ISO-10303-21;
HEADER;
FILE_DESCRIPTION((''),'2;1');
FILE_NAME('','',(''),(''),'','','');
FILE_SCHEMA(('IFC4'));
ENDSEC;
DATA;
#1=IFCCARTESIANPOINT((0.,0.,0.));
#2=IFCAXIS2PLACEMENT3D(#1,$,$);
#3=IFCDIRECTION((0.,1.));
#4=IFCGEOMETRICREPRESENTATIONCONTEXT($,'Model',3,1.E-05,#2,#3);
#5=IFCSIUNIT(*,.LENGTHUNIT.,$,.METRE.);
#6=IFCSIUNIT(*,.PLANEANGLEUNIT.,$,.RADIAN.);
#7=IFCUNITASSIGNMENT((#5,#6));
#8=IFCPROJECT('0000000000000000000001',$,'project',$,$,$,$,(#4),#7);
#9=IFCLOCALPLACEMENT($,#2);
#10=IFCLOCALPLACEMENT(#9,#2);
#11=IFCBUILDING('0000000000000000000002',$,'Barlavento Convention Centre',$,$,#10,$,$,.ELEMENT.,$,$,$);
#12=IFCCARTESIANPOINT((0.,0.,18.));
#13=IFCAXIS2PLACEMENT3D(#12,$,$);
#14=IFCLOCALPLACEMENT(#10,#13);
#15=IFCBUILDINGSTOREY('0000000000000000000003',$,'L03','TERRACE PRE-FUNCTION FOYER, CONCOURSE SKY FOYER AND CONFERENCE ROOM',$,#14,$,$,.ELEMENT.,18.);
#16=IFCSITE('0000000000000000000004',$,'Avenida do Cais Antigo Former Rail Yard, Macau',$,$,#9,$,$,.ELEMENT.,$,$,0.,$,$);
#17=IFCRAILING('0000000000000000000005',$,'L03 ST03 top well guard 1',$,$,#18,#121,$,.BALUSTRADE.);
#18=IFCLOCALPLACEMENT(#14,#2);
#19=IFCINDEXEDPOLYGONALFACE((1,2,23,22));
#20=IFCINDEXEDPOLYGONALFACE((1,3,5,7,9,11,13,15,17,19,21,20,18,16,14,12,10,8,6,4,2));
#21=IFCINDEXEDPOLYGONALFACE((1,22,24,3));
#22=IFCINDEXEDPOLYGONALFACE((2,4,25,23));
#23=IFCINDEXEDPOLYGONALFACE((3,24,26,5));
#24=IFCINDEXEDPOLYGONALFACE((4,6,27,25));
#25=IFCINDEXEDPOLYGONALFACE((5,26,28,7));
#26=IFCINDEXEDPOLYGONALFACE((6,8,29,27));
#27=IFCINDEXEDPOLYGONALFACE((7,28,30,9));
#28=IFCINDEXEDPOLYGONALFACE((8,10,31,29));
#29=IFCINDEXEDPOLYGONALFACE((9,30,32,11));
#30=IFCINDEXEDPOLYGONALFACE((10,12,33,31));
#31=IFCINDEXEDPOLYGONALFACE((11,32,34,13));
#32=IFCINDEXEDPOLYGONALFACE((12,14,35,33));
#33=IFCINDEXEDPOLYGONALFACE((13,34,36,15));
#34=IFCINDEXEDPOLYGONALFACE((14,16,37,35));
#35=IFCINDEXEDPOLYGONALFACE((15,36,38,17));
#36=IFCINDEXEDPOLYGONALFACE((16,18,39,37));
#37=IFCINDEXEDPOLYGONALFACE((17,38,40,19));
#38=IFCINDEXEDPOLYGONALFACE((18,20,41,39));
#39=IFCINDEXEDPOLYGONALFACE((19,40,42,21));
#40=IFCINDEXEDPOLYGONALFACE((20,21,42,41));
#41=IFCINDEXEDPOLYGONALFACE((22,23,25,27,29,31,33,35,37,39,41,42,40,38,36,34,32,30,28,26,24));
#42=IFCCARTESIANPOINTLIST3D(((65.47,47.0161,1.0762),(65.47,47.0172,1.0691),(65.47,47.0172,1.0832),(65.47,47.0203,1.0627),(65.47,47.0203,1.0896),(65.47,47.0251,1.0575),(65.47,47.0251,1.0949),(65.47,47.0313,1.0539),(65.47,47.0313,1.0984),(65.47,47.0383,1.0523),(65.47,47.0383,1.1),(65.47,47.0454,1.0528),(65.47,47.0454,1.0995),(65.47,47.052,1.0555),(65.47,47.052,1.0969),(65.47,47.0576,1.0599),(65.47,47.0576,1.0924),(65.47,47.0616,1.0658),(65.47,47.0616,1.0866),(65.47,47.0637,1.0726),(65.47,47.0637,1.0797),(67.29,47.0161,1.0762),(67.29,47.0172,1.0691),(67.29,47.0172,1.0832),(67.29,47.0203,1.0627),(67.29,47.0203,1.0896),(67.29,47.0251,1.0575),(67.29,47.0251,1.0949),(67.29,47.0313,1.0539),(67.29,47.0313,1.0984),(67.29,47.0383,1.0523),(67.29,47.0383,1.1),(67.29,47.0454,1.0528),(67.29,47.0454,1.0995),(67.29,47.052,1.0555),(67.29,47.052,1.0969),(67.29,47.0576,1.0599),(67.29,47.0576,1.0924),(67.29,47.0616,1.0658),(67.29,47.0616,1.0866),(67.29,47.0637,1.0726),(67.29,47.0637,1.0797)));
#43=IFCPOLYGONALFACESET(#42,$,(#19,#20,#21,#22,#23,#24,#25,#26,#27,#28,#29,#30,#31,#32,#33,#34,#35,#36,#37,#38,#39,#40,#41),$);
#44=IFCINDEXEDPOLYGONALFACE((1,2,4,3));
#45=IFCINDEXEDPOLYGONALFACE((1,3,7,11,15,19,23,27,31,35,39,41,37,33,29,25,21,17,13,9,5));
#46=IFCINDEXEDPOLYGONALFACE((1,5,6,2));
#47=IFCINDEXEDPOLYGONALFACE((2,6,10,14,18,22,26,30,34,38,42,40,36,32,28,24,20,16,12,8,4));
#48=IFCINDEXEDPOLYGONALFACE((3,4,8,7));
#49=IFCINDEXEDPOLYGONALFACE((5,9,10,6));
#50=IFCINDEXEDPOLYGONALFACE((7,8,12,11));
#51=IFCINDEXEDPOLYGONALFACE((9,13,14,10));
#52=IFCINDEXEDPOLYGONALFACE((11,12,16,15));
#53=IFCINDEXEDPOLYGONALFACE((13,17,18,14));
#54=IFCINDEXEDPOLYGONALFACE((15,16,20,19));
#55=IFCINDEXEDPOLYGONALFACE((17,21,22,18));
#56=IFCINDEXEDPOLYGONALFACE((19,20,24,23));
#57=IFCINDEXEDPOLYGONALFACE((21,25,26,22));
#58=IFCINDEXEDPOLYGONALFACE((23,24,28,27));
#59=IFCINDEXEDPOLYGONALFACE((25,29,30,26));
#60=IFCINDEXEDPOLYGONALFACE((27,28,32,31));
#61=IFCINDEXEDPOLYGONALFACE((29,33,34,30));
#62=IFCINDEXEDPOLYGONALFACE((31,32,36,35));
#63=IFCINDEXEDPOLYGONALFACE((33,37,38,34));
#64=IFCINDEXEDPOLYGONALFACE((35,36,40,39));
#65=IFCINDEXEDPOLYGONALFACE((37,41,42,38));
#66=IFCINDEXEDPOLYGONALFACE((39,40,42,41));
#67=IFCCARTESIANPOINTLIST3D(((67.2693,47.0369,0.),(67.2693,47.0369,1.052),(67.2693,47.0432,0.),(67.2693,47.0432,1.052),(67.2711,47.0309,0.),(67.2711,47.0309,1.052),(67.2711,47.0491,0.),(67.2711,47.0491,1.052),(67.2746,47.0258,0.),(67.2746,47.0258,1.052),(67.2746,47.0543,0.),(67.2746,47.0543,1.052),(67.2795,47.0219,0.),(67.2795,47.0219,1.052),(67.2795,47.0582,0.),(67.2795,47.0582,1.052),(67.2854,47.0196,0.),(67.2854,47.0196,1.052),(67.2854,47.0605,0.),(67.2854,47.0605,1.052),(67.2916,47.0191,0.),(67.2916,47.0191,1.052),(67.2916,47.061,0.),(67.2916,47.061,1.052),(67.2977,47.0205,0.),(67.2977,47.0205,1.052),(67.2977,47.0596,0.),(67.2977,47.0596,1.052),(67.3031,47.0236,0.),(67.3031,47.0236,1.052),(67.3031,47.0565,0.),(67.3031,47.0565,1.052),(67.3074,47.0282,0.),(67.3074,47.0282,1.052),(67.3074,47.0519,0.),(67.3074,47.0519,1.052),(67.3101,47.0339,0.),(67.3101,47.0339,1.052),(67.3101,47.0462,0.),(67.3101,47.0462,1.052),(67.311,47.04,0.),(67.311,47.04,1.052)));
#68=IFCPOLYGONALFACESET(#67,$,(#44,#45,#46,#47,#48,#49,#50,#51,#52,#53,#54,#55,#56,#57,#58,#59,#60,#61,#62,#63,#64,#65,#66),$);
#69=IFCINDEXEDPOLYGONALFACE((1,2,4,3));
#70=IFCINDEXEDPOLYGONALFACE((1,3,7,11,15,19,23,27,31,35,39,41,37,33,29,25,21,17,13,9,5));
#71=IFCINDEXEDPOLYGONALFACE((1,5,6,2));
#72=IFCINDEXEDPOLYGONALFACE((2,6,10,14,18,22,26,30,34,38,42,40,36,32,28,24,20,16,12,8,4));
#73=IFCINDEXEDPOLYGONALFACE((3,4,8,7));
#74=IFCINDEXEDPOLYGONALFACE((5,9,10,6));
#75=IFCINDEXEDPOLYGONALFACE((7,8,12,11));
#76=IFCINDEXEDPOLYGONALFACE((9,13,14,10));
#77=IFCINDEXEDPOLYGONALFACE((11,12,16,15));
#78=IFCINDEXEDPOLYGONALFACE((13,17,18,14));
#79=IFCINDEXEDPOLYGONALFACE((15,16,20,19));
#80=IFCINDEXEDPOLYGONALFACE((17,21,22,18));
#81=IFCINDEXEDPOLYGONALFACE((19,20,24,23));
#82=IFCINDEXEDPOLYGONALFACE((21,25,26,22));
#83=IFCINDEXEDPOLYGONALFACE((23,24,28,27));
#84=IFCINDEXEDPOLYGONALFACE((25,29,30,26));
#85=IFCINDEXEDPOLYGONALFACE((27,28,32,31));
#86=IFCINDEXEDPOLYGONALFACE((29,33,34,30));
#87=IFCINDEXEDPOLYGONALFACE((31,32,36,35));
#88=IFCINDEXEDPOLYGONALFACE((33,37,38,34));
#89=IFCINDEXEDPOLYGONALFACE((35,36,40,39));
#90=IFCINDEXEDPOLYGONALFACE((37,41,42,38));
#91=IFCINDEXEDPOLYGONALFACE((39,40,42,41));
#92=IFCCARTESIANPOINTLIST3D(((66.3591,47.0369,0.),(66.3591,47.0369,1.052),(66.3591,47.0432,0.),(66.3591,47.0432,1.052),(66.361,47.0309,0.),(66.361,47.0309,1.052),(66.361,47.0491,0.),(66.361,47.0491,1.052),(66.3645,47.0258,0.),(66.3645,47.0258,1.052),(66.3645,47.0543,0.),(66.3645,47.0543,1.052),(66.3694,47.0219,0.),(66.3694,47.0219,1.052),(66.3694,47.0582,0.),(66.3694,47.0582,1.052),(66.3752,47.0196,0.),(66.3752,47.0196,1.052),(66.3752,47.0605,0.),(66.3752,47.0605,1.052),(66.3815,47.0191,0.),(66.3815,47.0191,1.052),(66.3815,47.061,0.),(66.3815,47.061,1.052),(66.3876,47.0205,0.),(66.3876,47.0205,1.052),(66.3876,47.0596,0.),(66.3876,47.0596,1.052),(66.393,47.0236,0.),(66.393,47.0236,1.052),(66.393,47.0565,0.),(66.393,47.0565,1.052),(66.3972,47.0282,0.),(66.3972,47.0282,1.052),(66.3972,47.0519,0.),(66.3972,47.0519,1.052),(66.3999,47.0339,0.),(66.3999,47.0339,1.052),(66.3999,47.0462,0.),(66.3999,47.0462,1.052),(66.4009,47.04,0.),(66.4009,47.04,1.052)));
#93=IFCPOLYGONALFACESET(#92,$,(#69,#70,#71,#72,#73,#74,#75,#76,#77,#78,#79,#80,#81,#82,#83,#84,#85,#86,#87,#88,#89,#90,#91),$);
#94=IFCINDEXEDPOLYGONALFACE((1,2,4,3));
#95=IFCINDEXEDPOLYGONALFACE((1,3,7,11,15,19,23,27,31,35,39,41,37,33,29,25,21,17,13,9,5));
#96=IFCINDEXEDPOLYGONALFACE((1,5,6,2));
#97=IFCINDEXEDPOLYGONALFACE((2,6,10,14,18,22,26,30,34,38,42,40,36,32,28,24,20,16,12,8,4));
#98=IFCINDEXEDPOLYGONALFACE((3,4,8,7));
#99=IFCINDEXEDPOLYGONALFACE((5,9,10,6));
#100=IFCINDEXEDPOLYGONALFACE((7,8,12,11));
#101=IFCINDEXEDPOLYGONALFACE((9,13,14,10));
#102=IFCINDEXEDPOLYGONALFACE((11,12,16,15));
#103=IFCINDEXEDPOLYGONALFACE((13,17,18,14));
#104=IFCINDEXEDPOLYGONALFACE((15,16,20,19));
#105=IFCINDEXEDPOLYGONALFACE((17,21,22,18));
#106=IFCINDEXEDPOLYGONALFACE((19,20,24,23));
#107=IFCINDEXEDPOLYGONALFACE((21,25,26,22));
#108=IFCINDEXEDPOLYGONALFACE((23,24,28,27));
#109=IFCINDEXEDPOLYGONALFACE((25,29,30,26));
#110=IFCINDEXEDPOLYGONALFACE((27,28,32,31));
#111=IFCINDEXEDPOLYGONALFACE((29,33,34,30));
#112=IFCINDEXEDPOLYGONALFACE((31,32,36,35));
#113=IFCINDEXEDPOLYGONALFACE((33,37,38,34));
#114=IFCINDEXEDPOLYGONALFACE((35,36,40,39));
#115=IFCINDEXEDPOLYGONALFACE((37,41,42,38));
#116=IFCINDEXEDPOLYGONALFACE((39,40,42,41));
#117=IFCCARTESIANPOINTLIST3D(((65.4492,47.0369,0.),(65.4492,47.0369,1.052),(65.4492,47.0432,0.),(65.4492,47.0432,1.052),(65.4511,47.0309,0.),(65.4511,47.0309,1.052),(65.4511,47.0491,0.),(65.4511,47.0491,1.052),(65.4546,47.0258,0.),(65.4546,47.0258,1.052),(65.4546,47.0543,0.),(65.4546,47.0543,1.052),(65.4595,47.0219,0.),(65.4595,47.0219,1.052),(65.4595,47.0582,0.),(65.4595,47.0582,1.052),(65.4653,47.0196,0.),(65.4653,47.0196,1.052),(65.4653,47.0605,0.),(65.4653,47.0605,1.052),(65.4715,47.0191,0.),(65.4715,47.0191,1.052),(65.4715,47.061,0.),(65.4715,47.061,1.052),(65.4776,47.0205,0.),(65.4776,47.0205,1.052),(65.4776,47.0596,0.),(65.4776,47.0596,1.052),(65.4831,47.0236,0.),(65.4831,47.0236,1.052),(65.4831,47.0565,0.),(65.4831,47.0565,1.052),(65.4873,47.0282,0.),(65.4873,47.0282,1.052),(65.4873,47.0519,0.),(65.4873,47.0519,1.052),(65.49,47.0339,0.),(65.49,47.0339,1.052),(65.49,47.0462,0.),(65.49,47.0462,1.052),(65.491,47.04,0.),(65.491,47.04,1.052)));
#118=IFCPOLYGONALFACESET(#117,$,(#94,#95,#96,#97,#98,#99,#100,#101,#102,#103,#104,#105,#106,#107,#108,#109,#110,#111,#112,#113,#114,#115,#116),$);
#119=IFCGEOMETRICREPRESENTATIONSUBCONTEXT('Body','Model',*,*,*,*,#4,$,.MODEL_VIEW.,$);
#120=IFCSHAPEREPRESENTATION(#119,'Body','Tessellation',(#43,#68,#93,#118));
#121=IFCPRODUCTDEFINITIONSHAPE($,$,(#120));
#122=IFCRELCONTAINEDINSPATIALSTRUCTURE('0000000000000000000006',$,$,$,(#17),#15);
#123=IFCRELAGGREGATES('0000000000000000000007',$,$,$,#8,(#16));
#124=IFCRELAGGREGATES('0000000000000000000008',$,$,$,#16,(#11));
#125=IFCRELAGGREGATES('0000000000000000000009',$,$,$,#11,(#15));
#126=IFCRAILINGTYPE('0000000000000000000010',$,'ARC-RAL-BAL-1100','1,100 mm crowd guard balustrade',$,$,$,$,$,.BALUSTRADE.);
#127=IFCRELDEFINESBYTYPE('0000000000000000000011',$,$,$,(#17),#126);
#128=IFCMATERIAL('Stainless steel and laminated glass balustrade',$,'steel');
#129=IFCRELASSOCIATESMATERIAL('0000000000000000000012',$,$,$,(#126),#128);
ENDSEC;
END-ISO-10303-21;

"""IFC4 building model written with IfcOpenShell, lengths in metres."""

from ifc_helpers import new_model, si_unit, direction, frame, origin, origin_2d, place, context, subcontext, project, spatial, circle, extrude, material, type_object, element, save


model = new_model("IFC4")

# Units and contexts
model_context = context("Model", 3, precision=1e-05, world=origin(), true_north=direction((0.0, 1.0)))
body_context = subcontext(model_context, "Body", "Model", "MODEL_VIEW")
ifc_project = project(units=[si_unit("LENGTHUNIT", "METRE"), si_unit("PLANEANGLEUNIT", "RADIAN")], contexts=[model_context])

# Site, building, storey
site_placement = place(None, origin())
site = spatial("IfcSite", under=ifc_project, at=site_placement, Name="Avenida do Cais Antigo Former Rail Yard, Macau", CompositionType="ELEMENT", RefElevation=0.0)
building_placement = place(site_placement, origin())
building = spatial("IfcBuilding", under=site, at=building_placement, Name="Barlavento Convention Centre", CompositionType="ELEMENT")
storey_placement = place(building_placement, frame((0.0, 0.0, 18.0)))
storey = spatial("IfcBuildingStorey", under=building, at=storey_placement, Name="L03", Description="TERRACE PRE-FUNCTION FOYER, CONCOURSE SKY FOYER AND CONFERENCE ROOM", CompositionType="ELEMENT", Elevation=18.0)

# Railing
ifc_material_1 = material(Name="Stainless steel and laminated glass balustrade", Category="steel")
railing_type = type_object("IfcRailingType", Name="ARC-RAL-BAL-1100", Description="1,100 mm crowd guard balustrade", PredefinedType="BALUSTRADE", material=ifc_material_1)
railing_1_placement = place(storey_placement, frame((67.29, 47.04, 0.0)))
element("IfcRailing", 1, at=railing_1_placement, inside=storey, type_object=railing_type, Name="L03 ST03 top well guard 1", PredefinedType="BALUSTRADE", context=body_context, shape_type="SweptSolid", body=[
    extrude(circle(Radius=0.0239, at=origin_2d()), frame((0.0, 0.0, 1.0762), z_axis=(-1.0, 0.0, 0.0), x_axis=(0.0, -1.0, 0.0)), (0.0, 0.0, 1.0), 1.8201),
    extrude(circle(Radius=0.021, at=origin_2d()), origin(), (0.0, 0.0, 1.0), 1.052),
    extrude(circle(Radius=0.021, at=origin_2d()), frame((-0.9102, 0.0, 0.0)), (0.0, 0.0, 1.0), 1.052),
    extrude(circle(Radius=0.021, at=origin_2d()), frame((-1.8201, 0.0, 0.0)), (0.0, 0.0, 1.0), 1.052),
])

save(model, "model.ifc")
